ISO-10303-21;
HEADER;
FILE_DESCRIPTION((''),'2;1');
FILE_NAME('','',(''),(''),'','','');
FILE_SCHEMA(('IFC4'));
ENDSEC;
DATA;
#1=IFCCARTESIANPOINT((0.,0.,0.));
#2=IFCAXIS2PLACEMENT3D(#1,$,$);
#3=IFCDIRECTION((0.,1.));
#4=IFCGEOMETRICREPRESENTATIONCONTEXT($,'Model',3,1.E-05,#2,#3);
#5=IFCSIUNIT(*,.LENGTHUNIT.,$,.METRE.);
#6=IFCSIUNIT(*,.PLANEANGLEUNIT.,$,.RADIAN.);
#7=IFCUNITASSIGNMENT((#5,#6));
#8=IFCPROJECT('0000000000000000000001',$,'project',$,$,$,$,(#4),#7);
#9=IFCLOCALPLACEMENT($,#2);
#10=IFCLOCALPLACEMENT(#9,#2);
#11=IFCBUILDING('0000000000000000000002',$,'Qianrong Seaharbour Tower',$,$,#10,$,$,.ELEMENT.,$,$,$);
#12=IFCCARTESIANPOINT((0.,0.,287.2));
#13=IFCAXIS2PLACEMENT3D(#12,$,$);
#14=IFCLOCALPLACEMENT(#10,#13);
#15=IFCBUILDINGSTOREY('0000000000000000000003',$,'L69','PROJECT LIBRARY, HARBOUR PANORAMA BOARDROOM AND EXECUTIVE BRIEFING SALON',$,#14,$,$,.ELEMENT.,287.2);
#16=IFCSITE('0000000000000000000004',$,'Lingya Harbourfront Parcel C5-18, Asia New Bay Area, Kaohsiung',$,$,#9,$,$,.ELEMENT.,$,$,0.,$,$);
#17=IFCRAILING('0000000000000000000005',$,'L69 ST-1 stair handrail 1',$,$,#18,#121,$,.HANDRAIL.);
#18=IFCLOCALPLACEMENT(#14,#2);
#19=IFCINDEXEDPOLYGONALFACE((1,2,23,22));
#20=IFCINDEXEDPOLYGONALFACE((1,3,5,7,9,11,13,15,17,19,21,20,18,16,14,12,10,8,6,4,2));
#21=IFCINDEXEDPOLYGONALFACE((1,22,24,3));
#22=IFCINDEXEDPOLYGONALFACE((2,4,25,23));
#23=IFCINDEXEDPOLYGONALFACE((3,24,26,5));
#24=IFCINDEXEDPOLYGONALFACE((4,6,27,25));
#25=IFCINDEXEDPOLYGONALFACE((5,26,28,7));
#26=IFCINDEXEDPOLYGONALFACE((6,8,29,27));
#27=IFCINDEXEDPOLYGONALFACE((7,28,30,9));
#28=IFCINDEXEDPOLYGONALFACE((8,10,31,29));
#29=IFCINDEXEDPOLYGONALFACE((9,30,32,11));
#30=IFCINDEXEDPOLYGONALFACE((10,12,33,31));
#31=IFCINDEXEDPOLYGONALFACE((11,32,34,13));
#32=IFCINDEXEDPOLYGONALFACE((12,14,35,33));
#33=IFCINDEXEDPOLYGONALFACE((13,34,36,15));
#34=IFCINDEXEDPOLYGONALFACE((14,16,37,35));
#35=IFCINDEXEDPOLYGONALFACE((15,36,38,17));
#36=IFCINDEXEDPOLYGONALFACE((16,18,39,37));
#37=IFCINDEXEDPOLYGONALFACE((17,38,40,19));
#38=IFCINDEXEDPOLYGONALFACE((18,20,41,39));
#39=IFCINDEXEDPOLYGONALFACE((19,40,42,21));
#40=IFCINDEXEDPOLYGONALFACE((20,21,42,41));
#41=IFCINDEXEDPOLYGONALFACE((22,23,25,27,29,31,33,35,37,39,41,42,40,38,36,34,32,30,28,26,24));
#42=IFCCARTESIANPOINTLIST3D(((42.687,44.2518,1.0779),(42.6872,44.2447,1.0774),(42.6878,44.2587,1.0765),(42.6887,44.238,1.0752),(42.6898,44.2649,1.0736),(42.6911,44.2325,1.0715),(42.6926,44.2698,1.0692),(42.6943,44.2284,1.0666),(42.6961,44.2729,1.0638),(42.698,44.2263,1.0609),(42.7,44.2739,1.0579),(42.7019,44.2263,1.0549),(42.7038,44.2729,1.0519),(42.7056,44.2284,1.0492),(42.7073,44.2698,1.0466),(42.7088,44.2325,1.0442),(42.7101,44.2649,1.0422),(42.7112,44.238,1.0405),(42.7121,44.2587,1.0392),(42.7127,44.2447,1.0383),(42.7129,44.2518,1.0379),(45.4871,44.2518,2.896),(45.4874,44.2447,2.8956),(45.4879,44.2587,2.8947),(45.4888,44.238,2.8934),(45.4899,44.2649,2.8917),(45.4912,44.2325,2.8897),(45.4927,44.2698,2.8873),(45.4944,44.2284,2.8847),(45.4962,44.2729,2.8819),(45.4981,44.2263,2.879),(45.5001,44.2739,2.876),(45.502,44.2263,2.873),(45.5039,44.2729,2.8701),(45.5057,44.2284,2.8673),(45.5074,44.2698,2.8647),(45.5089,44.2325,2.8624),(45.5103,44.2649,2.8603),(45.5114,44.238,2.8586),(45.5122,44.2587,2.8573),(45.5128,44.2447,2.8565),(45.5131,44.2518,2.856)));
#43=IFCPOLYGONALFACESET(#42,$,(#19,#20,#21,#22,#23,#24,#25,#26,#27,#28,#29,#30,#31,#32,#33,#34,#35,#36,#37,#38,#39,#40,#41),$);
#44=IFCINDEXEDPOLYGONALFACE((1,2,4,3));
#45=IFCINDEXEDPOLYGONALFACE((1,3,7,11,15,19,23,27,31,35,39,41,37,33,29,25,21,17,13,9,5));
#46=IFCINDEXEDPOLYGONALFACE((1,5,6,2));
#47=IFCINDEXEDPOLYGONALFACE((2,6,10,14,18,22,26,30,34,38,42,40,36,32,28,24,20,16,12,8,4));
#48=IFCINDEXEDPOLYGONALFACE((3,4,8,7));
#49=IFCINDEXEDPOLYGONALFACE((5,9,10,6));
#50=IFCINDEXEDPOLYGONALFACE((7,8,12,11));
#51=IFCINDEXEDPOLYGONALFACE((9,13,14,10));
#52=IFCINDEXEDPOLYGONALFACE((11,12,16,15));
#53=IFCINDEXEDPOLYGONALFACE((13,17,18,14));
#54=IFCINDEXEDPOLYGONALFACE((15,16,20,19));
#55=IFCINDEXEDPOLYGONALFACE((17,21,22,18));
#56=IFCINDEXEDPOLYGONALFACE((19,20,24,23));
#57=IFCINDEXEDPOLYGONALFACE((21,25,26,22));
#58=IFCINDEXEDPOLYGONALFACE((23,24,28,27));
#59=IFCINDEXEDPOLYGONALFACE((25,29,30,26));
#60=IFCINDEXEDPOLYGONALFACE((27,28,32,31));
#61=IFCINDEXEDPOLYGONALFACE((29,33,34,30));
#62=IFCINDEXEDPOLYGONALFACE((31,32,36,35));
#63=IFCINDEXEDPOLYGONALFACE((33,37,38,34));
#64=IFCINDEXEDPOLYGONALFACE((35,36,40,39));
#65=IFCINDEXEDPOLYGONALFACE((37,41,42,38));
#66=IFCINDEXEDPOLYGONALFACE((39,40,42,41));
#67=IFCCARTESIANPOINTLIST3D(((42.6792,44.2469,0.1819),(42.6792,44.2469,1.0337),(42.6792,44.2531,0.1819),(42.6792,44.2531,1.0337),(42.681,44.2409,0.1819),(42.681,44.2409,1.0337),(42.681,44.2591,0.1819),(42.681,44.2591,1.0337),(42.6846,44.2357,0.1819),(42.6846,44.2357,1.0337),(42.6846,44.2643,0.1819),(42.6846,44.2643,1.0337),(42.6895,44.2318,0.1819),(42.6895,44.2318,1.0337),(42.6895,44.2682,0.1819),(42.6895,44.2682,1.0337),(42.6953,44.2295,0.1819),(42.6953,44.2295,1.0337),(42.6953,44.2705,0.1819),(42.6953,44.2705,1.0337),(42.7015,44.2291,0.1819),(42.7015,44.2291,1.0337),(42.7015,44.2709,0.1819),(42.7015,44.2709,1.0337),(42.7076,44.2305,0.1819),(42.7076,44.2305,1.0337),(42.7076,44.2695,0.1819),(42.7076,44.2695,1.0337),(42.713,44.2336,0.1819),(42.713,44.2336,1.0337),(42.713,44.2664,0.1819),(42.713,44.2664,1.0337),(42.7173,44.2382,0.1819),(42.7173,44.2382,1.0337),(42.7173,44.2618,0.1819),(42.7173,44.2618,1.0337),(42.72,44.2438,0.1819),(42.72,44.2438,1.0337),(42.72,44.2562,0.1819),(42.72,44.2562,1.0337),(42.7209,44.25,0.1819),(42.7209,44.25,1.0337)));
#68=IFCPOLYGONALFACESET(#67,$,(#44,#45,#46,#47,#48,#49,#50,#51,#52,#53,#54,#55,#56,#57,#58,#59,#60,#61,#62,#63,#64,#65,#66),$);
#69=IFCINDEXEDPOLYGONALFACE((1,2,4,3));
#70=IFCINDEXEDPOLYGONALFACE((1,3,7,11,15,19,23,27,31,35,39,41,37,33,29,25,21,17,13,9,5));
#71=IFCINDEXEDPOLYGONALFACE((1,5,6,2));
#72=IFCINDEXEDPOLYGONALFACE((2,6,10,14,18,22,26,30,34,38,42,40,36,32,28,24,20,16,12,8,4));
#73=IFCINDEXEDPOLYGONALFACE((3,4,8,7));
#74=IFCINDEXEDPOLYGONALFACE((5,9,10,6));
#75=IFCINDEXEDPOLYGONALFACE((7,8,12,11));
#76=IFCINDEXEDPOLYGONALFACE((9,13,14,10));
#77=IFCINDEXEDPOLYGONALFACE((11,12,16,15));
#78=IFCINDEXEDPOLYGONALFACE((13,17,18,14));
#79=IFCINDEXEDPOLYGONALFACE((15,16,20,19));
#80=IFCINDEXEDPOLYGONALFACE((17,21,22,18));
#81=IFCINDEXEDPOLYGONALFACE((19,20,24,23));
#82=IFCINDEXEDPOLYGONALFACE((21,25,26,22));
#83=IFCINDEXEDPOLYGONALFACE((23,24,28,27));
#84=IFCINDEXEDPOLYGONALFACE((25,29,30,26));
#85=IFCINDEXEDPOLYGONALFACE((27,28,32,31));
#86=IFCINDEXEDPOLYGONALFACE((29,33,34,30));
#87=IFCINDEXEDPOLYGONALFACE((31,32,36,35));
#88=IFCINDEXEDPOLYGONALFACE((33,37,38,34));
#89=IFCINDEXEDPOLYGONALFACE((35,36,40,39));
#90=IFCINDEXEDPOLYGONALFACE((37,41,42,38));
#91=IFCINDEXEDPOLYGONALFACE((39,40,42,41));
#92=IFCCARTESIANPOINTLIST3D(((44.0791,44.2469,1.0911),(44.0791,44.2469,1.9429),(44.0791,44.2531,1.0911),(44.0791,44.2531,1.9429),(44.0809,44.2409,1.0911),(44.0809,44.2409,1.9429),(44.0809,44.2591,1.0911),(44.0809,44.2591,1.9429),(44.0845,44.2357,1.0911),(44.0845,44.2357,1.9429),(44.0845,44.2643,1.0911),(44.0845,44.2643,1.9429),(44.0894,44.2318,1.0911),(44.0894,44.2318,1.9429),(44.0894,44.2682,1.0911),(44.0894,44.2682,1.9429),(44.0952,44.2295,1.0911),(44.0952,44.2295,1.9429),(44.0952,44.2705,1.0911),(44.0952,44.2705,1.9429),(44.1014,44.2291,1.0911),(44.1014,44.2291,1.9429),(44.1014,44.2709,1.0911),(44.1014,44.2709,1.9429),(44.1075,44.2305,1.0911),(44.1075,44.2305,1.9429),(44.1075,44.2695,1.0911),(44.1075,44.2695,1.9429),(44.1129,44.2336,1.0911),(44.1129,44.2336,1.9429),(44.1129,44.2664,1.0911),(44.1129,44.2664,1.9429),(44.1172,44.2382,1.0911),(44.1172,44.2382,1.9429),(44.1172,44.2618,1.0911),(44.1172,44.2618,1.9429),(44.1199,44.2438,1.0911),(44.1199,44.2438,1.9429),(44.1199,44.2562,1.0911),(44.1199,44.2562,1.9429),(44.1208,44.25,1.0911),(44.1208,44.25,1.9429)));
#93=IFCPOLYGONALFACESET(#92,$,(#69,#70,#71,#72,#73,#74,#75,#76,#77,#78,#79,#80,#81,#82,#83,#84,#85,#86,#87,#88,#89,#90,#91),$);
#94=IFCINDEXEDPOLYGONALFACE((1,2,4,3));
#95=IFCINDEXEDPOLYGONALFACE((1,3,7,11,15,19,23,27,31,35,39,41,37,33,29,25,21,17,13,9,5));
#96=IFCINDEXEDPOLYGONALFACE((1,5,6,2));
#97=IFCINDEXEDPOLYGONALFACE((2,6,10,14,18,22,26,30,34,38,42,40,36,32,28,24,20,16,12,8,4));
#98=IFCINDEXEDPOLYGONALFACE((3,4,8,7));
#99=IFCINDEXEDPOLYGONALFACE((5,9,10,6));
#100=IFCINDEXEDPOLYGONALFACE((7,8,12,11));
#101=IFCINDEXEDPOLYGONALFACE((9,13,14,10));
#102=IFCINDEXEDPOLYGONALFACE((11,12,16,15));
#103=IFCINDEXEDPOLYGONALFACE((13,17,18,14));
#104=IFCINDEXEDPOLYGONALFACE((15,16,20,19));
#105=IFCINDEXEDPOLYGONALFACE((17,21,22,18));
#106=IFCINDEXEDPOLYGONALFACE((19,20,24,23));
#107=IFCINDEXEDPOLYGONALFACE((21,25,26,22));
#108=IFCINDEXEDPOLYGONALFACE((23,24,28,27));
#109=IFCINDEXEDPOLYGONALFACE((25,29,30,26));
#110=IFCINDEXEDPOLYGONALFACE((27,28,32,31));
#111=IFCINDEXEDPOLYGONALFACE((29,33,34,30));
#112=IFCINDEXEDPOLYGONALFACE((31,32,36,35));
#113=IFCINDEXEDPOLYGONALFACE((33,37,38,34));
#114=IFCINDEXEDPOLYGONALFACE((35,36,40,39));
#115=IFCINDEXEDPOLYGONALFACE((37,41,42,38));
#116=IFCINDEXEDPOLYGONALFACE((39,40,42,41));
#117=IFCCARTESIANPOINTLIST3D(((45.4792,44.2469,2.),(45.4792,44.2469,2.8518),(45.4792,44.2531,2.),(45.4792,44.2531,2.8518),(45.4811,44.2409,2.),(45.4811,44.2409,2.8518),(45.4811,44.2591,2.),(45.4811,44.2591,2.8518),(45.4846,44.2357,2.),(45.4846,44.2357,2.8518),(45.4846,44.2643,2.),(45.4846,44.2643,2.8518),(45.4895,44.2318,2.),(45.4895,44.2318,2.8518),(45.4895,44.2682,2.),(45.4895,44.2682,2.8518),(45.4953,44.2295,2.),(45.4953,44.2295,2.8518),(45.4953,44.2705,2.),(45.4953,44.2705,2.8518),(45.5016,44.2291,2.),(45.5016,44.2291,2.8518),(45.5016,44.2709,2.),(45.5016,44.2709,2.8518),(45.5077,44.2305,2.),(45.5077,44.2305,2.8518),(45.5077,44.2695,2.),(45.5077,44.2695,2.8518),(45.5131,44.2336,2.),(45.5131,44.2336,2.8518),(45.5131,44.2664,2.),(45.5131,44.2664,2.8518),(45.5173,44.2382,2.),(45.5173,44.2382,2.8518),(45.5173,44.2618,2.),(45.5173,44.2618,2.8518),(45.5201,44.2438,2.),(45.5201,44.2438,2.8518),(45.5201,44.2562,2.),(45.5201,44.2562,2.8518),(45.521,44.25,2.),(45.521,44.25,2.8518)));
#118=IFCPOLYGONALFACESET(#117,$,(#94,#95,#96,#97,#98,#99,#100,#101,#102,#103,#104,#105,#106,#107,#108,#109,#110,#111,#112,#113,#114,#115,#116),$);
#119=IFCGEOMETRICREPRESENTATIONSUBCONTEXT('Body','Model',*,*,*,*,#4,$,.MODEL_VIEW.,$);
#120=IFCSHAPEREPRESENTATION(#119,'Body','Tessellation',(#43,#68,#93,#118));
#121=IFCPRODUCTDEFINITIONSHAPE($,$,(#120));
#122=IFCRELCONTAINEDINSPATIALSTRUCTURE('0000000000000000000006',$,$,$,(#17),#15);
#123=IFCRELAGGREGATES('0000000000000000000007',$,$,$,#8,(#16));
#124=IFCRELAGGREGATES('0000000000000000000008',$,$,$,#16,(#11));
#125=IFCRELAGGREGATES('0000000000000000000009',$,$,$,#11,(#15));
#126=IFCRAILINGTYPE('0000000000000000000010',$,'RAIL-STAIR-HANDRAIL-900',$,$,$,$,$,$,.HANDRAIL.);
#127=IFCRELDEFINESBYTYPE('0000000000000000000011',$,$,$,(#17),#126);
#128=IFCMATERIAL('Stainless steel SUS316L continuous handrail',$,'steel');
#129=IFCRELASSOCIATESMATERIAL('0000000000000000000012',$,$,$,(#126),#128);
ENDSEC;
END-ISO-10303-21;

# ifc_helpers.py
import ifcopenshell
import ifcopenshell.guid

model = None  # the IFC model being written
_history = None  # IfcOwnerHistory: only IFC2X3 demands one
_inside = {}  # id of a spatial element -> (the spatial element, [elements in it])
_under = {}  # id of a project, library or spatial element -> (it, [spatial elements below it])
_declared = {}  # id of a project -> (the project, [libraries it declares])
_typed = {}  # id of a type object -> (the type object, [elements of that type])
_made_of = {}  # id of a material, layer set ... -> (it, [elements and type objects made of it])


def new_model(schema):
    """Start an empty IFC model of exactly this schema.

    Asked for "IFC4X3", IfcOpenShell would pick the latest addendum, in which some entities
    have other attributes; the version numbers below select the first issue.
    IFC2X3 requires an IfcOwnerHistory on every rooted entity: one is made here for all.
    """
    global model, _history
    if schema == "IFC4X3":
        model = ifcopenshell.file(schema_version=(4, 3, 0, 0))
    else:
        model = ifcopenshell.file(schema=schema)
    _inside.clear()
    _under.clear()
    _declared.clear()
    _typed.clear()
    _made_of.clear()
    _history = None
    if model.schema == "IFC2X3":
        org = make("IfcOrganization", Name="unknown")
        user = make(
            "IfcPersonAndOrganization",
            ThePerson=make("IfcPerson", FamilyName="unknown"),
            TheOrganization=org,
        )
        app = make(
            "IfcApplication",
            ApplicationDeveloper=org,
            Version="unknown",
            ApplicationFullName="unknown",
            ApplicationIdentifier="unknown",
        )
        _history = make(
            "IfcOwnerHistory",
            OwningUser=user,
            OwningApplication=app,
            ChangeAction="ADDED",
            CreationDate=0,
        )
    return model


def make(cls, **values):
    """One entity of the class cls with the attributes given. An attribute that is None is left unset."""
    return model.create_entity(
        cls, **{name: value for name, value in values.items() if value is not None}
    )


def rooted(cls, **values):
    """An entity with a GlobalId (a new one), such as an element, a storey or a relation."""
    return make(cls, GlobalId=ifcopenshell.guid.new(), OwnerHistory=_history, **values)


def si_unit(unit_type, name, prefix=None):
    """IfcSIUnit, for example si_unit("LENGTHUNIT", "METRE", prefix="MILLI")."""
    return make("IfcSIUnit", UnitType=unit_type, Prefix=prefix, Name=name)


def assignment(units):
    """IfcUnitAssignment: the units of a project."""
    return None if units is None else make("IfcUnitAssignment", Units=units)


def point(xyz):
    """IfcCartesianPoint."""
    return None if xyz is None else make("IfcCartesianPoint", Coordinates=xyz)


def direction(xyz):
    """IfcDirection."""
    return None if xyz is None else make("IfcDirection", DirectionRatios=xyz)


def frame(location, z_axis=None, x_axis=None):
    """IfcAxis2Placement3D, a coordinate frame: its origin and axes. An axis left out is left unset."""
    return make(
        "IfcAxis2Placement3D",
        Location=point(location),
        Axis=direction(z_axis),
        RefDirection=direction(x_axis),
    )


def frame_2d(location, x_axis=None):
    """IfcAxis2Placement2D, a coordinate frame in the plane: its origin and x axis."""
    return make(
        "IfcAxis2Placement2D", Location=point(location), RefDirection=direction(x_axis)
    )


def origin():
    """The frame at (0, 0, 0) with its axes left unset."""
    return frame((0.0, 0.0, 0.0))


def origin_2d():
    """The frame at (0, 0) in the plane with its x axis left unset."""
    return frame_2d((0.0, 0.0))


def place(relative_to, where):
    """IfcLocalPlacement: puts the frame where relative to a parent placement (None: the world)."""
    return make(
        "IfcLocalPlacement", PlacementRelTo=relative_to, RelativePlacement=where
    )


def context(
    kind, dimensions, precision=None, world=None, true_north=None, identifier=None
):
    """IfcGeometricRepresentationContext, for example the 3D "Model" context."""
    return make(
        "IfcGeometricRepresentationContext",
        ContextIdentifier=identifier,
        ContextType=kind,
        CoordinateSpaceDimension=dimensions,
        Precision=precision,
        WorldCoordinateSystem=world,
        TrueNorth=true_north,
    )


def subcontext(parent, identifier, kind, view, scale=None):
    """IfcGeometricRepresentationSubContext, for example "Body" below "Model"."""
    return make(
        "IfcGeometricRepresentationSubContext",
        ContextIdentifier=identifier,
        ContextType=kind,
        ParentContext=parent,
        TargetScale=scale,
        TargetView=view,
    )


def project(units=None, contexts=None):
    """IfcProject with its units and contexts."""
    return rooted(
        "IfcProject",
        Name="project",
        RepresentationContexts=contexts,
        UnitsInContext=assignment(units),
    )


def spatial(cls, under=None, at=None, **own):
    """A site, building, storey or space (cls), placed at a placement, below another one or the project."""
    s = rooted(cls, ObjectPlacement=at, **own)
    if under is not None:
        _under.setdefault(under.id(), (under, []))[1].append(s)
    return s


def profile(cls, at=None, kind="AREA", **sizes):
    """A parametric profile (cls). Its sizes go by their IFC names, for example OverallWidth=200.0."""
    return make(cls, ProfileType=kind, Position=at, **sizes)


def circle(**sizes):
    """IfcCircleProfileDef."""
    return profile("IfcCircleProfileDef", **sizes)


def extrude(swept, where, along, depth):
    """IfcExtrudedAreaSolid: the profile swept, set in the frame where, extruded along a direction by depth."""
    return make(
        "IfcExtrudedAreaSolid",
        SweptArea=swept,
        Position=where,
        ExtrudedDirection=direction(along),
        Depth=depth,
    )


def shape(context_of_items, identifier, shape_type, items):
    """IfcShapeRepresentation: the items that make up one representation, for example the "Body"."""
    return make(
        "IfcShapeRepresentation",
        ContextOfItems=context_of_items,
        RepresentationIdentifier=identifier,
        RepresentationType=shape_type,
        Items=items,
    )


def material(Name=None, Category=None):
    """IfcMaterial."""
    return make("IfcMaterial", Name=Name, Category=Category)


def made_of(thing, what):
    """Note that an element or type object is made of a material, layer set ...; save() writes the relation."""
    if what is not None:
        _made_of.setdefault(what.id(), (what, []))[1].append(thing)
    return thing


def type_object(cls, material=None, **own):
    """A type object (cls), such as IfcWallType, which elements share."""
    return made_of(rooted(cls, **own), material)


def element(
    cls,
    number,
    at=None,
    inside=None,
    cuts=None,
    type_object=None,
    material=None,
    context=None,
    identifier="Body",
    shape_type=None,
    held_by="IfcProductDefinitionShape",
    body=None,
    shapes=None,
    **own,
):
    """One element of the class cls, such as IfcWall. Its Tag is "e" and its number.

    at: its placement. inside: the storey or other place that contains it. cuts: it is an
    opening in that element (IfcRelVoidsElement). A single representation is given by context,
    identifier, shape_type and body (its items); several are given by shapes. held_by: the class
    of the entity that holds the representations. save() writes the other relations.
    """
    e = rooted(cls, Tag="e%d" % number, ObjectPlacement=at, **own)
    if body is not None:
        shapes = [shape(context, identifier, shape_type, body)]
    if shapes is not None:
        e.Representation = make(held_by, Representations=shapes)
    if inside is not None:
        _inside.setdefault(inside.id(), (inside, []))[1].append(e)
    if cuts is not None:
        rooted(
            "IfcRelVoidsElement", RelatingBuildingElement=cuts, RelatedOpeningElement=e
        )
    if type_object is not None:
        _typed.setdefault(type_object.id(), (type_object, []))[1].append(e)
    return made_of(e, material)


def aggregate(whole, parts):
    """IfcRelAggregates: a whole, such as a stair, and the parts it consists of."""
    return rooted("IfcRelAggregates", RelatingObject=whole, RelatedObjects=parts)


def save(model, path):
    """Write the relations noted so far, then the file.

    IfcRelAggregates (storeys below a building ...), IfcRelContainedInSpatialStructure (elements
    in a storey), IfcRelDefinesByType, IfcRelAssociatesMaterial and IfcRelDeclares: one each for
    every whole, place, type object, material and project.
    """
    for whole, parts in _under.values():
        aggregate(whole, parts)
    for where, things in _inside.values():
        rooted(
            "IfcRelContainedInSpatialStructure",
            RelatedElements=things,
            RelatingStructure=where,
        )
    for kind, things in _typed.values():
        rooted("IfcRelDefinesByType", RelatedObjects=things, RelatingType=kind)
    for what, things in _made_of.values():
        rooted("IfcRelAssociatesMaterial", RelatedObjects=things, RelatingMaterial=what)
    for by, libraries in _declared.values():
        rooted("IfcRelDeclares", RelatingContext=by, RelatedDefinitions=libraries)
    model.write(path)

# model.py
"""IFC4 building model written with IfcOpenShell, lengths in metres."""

from ifc_helpers import new_model, si_unit, direction, frame, origin, origin_2d, place, context, subcontext, project, spatial, circle, extrude, material, type_object, element, save


model = new_model("IFC4")

# Units and contexts
model_context = context("Model", 3, precision=1e-05, world=origin(), true_north=direction((0.0, 1.0)))
body_context = subcontext(model_context, "Body", "Model", "MODEL_VIEW")
ifc_project = project(units=[si_unit("LENGTHUNIT", "METRE"), si_unit("PLANEANGLEUNIT", "RADIAN")], contexts=[model_context])

# Site, building, storey
site_placement = place(None, origin())
site = spatial("IfcSite", under=ifc_project, at=site_placement, Name="Lingya Harbourfront Parcel C5-18, Asia New Bay Area, Kaohsiung", CompositionType="ELEMENT", RefElevation=0.0)
building_placement = place(site_placement, origin())
building = spatial("IfcBuilding", under=site, at=building_placement, Name="Qianrong Seaharbour Tower", CompositionType="ELEMENT")
storey_placement = place(building_placement, frame((0.0, 0.0, 287.2)))
storey = spatial("IfcBuildingStorey", under=building, at=storey_placement, Name="L69", Description="PROJECT LIBRARY, HARBOUR PANORAMA BOARDROOM AND EXECUTIVE BRIEFING SALON", CompositionType="ELEMENT", Elevation=287.2)

# Railing
ifc_material_1 = material(Name="Stainless steel SUS316L continuous handrail", Category="steel")
railing_type_1 = type_object("IfcRailingType", Name="RAIL-STAIR-HANDRAIL-900", PredefinedType="HANDRAIL", material=ifc_material_1)
railing_1_placement = place(storey_placement, frame((42.7, 44.25, 0.1819)))
element("IfcRailing", 1, at=railing_1_placement, inside=storey, type_object=railing_type_1, Name="L69 ST-1 stair handrail 1", PredefinedType="HANDRAIL", context=body_context, shape_type="SweptSolid", body=[
    extrude(circle(Radius=0.0239, at=origin_2d()), frame((0.0, 0.0, 0.876), z_axis=(0.838706, 0.0, 0.544585), x_axis=(0.0, 1.0, 0.0)), (0.0, 0.0, 1.0), 3.3386),
    extrude(circle(Radius=0.021, at=origin_2d()), origin(), (0.0, 0.0, 1.0), 0.8518),
    extrude(circle(Radius=0.021, at=origin_2d()), frame((1.3999, 0.0, 0.9092)), (0.0, 0.0, 1.0), 0.8518),
    extrude(circle(Radius=0.021, at=origin_2d()), frame((2.8, 0.0, 1.8181)), (0.0, 0.0, 1.0), 0.8518),
])

save(model, "model.ifc")
